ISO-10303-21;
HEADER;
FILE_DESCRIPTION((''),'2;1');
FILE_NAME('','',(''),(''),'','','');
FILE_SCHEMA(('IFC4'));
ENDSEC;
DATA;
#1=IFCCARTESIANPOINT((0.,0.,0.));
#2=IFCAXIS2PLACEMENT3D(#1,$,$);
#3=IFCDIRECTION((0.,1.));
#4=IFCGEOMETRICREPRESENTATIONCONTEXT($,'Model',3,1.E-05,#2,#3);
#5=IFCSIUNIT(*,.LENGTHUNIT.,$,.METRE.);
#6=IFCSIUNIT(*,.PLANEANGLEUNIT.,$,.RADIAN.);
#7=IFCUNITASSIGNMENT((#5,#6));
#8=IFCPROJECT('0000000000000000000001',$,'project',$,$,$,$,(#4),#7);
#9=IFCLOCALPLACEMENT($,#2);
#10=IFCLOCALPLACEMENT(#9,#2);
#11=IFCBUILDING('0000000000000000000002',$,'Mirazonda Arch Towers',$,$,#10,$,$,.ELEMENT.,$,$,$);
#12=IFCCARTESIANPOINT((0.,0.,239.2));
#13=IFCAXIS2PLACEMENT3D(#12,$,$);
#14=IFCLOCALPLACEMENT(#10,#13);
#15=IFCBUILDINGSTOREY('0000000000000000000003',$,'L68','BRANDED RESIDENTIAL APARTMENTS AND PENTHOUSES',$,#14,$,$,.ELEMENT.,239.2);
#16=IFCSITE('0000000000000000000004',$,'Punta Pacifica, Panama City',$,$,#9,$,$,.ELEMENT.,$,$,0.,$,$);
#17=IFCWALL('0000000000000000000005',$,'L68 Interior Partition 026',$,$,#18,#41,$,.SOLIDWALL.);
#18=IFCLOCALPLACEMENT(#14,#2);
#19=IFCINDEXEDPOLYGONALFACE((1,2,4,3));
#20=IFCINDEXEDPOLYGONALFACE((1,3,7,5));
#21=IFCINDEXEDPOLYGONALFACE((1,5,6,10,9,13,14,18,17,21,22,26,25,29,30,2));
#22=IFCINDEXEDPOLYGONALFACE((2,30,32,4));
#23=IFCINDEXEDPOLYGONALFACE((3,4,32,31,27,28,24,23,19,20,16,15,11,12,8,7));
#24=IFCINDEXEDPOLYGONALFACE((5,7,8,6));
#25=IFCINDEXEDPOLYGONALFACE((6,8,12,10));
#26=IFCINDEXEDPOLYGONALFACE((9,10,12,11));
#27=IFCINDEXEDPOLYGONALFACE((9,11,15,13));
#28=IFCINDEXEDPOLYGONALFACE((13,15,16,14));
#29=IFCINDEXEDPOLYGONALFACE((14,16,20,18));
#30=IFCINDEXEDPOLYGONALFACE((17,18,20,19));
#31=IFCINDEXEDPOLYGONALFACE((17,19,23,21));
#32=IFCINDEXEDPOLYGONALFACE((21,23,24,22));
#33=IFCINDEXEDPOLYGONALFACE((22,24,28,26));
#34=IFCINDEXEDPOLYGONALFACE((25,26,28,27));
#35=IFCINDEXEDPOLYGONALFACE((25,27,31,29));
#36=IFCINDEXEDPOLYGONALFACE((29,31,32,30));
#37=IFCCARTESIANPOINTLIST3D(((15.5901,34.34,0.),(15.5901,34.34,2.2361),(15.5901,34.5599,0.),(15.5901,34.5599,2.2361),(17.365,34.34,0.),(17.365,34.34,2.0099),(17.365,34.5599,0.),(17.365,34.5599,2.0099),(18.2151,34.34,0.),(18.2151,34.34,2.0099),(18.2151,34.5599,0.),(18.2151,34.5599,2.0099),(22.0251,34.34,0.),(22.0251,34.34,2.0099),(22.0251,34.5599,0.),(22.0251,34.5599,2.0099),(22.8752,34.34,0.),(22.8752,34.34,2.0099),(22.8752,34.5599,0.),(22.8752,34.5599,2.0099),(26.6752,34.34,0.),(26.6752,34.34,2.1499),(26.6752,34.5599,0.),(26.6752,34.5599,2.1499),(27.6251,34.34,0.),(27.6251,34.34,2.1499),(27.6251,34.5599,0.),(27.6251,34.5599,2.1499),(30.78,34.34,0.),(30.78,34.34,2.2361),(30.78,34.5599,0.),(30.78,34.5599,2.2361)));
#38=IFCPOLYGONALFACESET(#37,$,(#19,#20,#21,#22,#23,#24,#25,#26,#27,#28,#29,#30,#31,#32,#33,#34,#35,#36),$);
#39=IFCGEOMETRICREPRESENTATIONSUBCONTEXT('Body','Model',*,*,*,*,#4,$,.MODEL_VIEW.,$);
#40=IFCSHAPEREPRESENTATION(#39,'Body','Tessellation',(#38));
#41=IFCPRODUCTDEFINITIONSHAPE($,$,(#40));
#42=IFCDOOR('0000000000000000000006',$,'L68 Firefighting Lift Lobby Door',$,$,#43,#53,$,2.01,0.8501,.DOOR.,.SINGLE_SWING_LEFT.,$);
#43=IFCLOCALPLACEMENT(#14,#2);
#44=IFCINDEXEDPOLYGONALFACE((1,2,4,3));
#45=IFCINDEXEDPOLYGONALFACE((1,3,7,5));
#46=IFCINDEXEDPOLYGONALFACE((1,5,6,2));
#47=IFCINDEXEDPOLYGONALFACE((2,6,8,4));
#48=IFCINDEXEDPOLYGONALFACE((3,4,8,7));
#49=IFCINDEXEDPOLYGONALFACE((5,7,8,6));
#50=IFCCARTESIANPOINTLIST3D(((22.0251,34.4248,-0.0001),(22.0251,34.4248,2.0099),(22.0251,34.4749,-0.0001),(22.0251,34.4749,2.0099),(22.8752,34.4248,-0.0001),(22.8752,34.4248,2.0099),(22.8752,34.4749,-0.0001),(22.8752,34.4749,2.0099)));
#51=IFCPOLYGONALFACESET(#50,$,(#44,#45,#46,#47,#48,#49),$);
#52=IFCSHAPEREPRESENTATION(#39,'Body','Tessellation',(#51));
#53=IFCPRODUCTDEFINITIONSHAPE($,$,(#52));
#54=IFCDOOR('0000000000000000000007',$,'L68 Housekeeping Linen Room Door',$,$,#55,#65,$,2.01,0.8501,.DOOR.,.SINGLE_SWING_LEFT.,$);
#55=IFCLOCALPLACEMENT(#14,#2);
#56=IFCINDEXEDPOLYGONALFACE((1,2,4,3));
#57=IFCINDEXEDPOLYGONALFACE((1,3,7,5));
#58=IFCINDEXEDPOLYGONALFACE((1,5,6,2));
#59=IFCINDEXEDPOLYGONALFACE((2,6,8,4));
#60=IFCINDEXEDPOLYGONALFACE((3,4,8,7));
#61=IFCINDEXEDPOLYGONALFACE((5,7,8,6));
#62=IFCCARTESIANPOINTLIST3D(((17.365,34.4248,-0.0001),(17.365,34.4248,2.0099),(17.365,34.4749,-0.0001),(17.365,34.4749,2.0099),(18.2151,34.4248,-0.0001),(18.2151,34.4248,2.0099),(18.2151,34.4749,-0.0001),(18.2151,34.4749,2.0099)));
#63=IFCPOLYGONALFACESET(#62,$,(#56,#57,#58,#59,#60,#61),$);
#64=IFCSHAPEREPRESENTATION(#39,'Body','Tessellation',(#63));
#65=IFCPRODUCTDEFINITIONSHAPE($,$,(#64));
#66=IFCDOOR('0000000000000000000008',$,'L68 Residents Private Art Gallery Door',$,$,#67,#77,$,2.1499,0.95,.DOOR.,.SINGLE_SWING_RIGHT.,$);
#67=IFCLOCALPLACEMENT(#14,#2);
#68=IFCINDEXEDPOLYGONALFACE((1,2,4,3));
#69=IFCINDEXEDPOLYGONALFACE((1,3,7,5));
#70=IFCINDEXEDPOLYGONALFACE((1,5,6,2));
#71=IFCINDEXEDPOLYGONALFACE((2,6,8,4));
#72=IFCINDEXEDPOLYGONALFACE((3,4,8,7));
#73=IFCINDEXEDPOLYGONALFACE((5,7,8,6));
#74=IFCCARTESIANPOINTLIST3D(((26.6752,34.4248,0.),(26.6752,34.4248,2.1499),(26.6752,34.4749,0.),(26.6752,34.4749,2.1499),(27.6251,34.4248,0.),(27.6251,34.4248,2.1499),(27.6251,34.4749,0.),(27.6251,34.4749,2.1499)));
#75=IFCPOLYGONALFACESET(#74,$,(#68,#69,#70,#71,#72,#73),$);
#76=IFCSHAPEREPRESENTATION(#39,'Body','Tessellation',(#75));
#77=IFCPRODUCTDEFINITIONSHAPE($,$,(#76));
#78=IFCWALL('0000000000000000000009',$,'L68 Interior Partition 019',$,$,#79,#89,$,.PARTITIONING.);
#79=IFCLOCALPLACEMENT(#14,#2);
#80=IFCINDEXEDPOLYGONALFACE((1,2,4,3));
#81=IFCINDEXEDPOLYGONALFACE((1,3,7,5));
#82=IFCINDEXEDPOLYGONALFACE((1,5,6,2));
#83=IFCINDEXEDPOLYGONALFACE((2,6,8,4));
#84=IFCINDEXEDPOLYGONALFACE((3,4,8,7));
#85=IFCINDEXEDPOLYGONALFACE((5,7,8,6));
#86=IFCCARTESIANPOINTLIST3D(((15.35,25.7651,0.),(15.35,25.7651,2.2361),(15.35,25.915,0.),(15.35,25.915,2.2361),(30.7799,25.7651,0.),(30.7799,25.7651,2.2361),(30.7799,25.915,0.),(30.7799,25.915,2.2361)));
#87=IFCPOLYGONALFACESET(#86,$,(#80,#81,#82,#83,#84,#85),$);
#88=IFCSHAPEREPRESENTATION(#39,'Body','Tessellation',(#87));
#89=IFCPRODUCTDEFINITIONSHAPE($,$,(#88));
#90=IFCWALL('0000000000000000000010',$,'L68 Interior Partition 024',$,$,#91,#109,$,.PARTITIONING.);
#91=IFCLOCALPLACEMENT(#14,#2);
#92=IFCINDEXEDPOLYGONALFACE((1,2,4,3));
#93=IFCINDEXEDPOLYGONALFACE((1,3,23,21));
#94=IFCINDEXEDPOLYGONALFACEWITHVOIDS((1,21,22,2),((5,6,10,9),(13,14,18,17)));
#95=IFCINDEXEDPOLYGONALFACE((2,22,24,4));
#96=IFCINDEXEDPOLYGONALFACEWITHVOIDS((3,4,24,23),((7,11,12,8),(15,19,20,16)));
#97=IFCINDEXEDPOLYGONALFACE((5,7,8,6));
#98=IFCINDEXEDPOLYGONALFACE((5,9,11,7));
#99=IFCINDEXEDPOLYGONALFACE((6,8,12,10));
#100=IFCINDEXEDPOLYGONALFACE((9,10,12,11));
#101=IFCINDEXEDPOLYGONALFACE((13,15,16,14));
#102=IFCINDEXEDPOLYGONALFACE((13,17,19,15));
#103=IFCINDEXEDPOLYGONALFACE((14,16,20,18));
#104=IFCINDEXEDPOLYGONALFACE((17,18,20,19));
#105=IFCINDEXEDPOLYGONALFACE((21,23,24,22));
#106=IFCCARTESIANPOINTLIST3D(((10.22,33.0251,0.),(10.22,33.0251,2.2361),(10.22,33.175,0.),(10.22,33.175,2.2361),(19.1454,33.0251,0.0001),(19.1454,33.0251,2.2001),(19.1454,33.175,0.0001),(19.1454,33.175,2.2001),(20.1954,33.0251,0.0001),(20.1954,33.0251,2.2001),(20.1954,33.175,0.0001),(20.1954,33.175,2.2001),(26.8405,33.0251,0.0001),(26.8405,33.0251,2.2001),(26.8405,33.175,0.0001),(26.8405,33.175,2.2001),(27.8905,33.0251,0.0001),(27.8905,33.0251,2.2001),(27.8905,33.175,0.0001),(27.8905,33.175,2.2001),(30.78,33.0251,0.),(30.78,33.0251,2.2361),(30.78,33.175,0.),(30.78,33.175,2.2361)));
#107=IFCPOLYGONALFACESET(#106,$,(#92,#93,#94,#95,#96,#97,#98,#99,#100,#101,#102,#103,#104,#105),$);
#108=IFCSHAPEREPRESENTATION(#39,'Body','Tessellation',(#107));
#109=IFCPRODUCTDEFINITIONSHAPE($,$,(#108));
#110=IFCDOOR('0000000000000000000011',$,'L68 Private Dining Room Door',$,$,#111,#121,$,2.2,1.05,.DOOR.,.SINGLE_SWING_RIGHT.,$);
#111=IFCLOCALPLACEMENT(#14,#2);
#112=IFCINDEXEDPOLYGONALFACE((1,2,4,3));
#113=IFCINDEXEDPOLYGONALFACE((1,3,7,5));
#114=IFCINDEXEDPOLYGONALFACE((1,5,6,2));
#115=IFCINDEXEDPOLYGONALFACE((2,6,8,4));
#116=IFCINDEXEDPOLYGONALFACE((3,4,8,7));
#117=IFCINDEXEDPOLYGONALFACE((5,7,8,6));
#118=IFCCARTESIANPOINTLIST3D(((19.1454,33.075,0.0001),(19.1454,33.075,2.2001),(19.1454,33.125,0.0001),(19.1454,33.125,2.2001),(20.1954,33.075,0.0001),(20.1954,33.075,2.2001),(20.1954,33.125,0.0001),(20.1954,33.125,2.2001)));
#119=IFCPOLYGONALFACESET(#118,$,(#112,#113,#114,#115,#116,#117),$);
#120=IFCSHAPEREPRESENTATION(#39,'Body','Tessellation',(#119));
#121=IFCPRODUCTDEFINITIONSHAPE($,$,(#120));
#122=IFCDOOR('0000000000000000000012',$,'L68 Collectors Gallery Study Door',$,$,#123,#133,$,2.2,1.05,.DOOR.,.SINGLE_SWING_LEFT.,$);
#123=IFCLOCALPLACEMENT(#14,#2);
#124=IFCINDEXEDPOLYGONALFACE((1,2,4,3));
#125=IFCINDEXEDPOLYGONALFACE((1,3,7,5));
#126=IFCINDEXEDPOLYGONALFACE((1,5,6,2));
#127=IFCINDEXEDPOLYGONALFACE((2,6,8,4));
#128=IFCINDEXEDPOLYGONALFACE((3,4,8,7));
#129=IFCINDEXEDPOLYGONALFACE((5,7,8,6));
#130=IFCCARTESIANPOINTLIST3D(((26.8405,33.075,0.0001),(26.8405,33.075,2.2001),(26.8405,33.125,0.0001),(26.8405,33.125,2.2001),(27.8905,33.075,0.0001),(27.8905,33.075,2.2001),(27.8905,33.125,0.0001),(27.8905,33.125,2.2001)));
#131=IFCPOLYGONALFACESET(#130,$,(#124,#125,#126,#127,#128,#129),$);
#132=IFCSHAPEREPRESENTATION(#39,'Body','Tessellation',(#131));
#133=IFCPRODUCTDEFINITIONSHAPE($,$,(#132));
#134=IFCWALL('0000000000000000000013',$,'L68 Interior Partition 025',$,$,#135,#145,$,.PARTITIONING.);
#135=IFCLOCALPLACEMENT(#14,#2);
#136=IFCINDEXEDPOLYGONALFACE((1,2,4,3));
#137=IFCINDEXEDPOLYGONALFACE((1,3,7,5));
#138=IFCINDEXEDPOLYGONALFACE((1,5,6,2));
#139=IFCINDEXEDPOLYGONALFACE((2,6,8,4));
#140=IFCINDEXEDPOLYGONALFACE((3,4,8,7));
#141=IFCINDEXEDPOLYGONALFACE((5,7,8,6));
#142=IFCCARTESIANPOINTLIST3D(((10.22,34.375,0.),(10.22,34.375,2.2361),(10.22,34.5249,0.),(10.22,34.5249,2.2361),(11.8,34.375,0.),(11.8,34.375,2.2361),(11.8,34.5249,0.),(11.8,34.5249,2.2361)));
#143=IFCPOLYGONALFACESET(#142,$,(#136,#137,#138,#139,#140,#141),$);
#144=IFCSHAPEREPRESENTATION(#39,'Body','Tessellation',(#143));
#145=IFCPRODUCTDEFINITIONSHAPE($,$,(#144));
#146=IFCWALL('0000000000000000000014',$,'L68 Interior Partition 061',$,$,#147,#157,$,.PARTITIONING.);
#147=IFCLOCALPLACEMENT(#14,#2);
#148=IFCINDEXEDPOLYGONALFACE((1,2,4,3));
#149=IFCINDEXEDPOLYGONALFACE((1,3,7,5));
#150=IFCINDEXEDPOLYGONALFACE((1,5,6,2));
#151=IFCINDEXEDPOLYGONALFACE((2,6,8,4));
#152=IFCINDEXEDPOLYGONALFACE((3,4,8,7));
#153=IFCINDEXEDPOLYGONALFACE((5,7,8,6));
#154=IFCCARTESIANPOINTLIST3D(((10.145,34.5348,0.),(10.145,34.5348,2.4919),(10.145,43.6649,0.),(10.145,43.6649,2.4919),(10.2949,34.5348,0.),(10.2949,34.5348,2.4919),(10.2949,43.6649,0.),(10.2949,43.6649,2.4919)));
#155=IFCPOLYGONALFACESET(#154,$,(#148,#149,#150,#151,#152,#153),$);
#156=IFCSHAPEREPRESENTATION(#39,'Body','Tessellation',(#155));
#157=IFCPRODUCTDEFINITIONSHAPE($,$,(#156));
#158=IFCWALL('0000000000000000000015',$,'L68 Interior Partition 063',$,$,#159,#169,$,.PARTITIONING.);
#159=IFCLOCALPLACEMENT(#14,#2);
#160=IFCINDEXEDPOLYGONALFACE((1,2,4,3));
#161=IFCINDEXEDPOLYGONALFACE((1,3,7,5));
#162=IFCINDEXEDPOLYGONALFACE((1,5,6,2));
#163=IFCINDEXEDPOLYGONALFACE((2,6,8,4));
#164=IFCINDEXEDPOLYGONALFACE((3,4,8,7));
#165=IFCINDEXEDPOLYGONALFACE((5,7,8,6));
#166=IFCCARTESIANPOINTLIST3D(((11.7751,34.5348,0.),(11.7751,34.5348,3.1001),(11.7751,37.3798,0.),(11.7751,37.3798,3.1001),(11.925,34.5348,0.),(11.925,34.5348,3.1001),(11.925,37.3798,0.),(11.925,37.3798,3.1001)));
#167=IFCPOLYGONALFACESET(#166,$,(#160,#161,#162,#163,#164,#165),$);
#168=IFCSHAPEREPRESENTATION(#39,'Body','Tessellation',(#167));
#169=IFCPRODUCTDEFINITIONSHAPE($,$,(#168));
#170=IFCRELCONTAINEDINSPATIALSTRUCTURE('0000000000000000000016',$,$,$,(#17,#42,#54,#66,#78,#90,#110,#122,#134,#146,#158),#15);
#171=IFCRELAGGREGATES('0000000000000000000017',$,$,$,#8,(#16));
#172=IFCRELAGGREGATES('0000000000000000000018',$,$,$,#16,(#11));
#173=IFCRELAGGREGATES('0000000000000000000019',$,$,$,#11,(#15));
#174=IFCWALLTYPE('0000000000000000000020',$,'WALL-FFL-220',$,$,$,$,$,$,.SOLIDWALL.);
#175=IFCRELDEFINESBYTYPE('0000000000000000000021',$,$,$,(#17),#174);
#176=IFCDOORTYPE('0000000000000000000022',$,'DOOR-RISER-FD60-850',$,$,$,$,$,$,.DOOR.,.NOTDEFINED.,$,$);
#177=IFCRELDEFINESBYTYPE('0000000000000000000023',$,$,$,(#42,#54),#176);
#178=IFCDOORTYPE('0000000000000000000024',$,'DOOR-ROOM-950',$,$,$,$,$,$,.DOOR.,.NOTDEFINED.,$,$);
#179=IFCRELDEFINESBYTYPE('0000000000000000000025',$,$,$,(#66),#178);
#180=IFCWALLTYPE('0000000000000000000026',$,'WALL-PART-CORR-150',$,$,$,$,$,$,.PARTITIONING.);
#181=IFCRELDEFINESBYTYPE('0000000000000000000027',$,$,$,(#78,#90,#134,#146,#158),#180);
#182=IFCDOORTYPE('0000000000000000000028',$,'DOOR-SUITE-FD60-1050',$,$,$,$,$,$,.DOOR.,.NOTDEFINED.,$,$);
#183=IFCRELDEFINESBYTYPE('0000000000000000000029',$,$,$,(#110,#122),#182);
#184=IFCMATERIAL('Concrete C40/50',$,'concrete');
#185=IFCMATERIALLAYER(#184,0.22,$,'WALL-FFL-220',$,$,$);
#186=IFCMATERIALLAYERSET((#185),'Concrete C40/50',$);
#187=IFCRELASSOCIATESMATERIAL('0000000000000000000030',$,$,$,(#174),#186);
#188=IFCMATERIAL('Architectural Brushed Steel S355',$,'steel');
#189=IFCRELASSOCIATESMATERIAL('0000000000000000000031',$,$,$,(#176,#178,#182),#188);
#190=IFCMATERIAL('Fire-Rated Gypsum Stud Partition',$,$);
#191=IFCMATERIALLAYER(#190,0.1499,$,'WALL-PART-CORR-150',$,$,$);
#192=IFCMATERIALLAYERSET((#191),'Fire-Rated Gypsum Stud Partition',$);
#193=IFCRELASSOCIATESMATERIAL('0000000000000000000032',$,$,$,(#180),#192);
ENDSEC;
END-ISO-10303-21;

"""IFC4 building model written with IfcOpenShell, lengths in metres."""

from ifc_helpers import new_model, si_unit, direction, frame, frame_2d, origin, place, context, subcontext, project, spatial, rectangle, extrude, material, layer, layer_set, type_object, element, fill, save


model = new_model("IFC4")

# Units and contexts
model_context = context("Model", 3, precision=1e-05, world=origin(), true_north=direction((0.0, 1.0)))
body_context = subcontext(model_context, "Body", "Model", "MODEL_VIEW")
ifc_project = project(units=[si_unit("LENGTHUNIT", "METRE"), si_unit("PLANEANGLEUNIT", "RADIAN")], contexts=[model_context])

# Site, building, storey
site_placement = place(None, origin())
site = spatial("IfcSite", under=ifc_project, at=site_placement, Name="Punta Pacifica, Panama City", CompositionType="ELEMENT", RefElevation=0.0)
building_placement = place(site_placement, origin())
building = spatial("IfcBuilding", under=site, at=building_placement, Name="Mirazonda Arch Towers", CompositionType="ELEMENT")
storey_placement = place(building_placement, frame((0.0, 0.0, 239.2)))
storey = spatial("IfcBuildingStorey", under=building, at=storey_placement, Name="L68", Description="BRANDED RESIDENTIAL APARTMENTS AND PENTHOUSES", CompositionType="ELEMENT", Elevation=239.2)

# Wall, openings, doors
ifc_material_1 = material(Name="Architectural Brushed Steel S355", Category="steel")
ifc_material_2 = material(Name="Concrete C40/50", Category="concrete")
ifc_layer_1 = layer(ifc_material_2, 0.22, Name="WALL-FFL-220")
ifc_layer_set_1 = layer_set([ifc_layer_1], Name="Concrete C40/50")
wall_type_1 = type_object("IfcWallType", Name="WALL-FFL-220", PredefinedType="SOLIDWALL", material=ifc_layer_set_1)
wall_1_placement = place(storey_placement, frame((15.5901, 34.45, 0.0), z_axis=(0.0, 0.0, 1.0), x_axis=(1.0, 0.0, 0.0)))
wall_1 = element("IfcWall", 1, at=wall_1_placement, inside=storey, type_object=wall_type_1, Name="L68 Interior Partition 026", PredefinedType="SOLIDWALL", context=body_context, shape_type="SweptSolid", body=[
    extrude(rectangle(XDim=15.1899, YDim=0.22, at=frame_2d((7.595, 0.0))), origin(), (0.0, 0.0, 1.0), 2.2361),
])
opening_1_placement = place(wall_1_placement, frame((6.4351, 0.0, 0.0)))
opening_1 = element("IfcOpeningElement", 2, at=opening_1_placement, cuts=wall_1, PredefinedType="OPENING", context=body_context, shape_type="SweptSolid", body=[
    extrude(rectangle(XDim=0.8501, YDim=2.01, at=frame_2d((0.425, 1.0049))), frame((0.0, 0.1199, 0.0), z_axis=(0.0, -1.0, 0.0), x_axis=(1.0, 0.0, 0.0)), (0.0, 0.0, 1.0), 0.24),
])
opening_2_placement = place(wall_1_placement, frame((11.085, 0.0, 0.0)))
opening_2 = element("IfcOpeningElement", 3, at=opening_2_placement, cuts=wall_1, PredefinedType="OPENING", context=body_context, shape_type="SweptSolid", body=[
    extrude(rectangle(XDim=0.95, YDim=2.1499, at=frame_2d((0.4751, 1.075))), frame((0.0, 0.1199, 0.0), z_axis=(0.0, -1.0, 0.0), x_axis=(1.0, 0.0, 0.0)), (0.0, 0.0, 1.0), 0.24),
])
opening_3_placement = place(wall_1_placement, frame((1.7749, 0.0, 0.0)))
opening_3 = element("IfcOpeningElement", 4, at=opening_3_placement, cuts=wall_1, PredefinedType="OPENING", context=body_context, shape_type="SweptSolid", body=[
    extrude(rectangle(XDim=0.8501, YDim=2.01, at=frame_2d((0.425, 1.0049))), frame((0.0, 0.1199, 0.0), z_axis=(0.0, -1.0, 0.0), x_axis=(1.0, 0.0, 0.0)), (0.0, 0.0, 1.0), 0.24),
])
door_type_1 = type_object("IfcDoorType", Name="DOOR-RISER-FD60-850", OperationType="NOTDEFINED", PredefinedType="DOOR", material=ifc_material_1)
door_1_placement = place(opening_1_placement, origin())
door_1 = element("IfcDoor", 5, at=door_1_placement, inside=storey, type_object=door_type_1, Name="L68 Firefighting Lift Lobby Door", OperationType="SINGLE_SWING_LEFT", OverallHeight=2.01, OverallWidth=0.8501, PredefinedType="DOOR", context=body_context, shape_type="SweptSolid", body=[
    extrude(rectangle(XDim=0.8501, YDim=2.01, at=frame_2d((0.425, 1.0049))), frame((0.0, 0.0249, 0.0), z_axis=(0.0, -1.0, 0.0), x_axis=(1.0, 0.0, 0.0)), (0.0, 0.0, 1.0), 0.05),
])
fill(opening_1, door_1)
door_2_placement = place(opening_3_placement, origin())
door_2 = element("IfcDoor", 6, at=door_2_placement, inside=storey, type_object=door_type_1, Name="L68 Housekeeping Linen Room Door", OperationType="SINGLE_SWING_LEFT", OverallHeight=2.01, OverallWidth=0.8501, PredefinedType="DOOR", context=body_context, shape_type="SweptSolid", body=[
    extrude(rectangle(XDim=0.8501, YDim=2.01, at=frame_2d((0.425, 1.0049))), frame((0.0, 0.0249, 0.0), z_axis=(0.0, -1.0, 0.0), x_axis=(1.0, 0.0, 0.0)), (0.0, 0.0, 1.0), 0.05),
])
fill(opening_3, door_2)
door_type_2 = type_object("IfcDoorType", Name="DOOR-ROOM-950", OperationType="NOTDEFINED", PredefinedType="DOOR", material=ifc_material_1)
door_3_placement = place(opening_2_placement, origin())
door_3 = element("IfcDoor", 7, at=door_3_placement, inside=storey, type_object=door_type_2, Name="L68 Residents Private Art Gallery Door", OperationType="SINGLE_SWING_RIGHT", OverallHeight=2.1499, OverallWidth=0.95, PredefinedType="DOOR", context=body_context, shape_type="SweptSolid", body=[
    extrude(rectangle(XDim=0.95, YDim=2.1499, at=frame_2d((0.4751, 1.075))), frame((0.0, 0.0249, 0.0), z_axis=(0.0, -1.0, 0.0), x_axis=(1.0, 0.0, 0.0)), (0.0, 0.0, 1.0), 0.05),
])
fill(opening_2, door_3)

# Wall
ifc_material_3 = material(Name="Fire-Rated Gypsum Stud Partition")
ifc_layer_2 = layer(ifc_material_3, 0.1499, Name="WALL-PART-CORR-150")
ifc_layer_set_2 = layer_set([ifc_layer_2], Name="Fire-Rated Gypsum Stud Partition")
wall_type_2 = type_object("IfcWallType", Name="WALL-PART-CORR-150", PredefinedType="PARTITIONING", material=ifc_layer_set_2)
wall_2_placement = place(storey_placement, frame((15.3501, 25.8401, 0.0), z_axis=(0.0, 0.0, 1.0), x_axis=(1.0, 0.0, 0.0)))
element("IfcWall", 8, at=wall_2_placement, inside=storey, type_object=wall_type_2, Name="L68 Interior Partition 019", PredefinedType="PARTITIONING", context=body_context, shape_type="SweptSolid", body=[
    extrude(rectangle(XDim=15.4299, YDim=0.1499, at=frame_2d((7.7148, 0.0))), origin(), (0.0, 0.0, 1.0), 2.2361),
])

# Wall, openings, doors
wall_3_placement = place(storey_placement, frame((10.22, 33.1001, 0.0), z_axis=(0.0, 0.0, 1.0), x_axis=(1.0, 0.0, 0.0)))
wall_3 = element("IfcWall", 9, at=wall_3_placement, inside=storey, type_object=wall_type_2, Name="L68 Interior Partition 024", PredefinedType="PARTITIONING", context=body_context, shape_type="SweptSolid", body=[
    extrude(rectangle(XDim=20.5601, YDim=0.1499, at=frame_2d((10.28, 0.0))), origin(), (0.0, 0.0, 1.0), 2.2361),
])
opening_4_placement = place(wall_3_placement, frame((8.9255, 0.0, 0.0)))
opening_4 = element("IfcOpeningElement", 10, at=opening_4_placement, cuts=wall_3, PredefinedType="OPENING", context=body_context, shape_type="SweptSolid", body=[
    extrude(rectangle(XDim=1.05, YDim=2.2, at=frame_2d((0.5249, 1.1001))), frame((0.0, 0.085, 0.0), z_axis=(0.0, -1.0, 0.0), x_axis=(1.0, 0.0, 0.0)), (0.0, 0.0, 1.0), 0.1699),
])
opening_5_placement = place(wall_3_placement, frame((16.6206, 0.0, 0.0)))
opening_5 = element("IfcOpeningElement", 11, at=opening_5_placement, cuts=wall_3, PredefinedType="OPENING", context=body_context, shape_type="SweptSolid", body=[
    extrude(rectangle(XDim=1.05, YDim=2.2, at=frame_2d((0.5249, 1.1001))), frame((0.0, 0.085, 0.0), z_axis=(0.0, -1.0, 0.0), x_axis=(1.0, 0.0, 0.0)), (0.0, 0.0, 1.0), 0.1699),
])
door_type_3 = type_object("IfcDoorType", Name="DOOR-SUITE-FD60-1050", OperationType="NOTDEFINED", PredefinedType="DOOR", material=ifc_material_1)
door_4_placement = place(opening_4_placement, origin())
door_4 = element("IfcDoor", 12, at=door_4_placement, inside=storey, type_object=door_type_3, Name="L68 Private Dining Room Door", OperationType="SINGLE_SWING_RIGHT", OverallHeight=2.2, OverallWidth=1.05, PredefinedType="DOOR", context=body_context, shape_type="SweptSolid", body=[
    extrude(rectangle(XDim=1.05, YDim=2.2, at=frame_2d((0.5249, 1.1001))), frame((0.0, 0.0249, 0.0), z_axis=(0.0, -1.0, 0.0), x_axis=(1.0, 0.0, 0.0)), (0.0, 0.0, 1.0), 0.05),
])
fill(opening_4, door_4)
door_5_placement = place(opening_5_placement, origin())
door_5 = element("IfcDoor", 13, at=door_5_placement, inside=storey, type_object=door_type_3, Name="L68 Collectors Gallery Study Door", OperationType="SINGLE_SWING_LEFT", OverallHeight=2.2, OverallWidth=1.05, PredefinedType="DOOR", context=body_context, shape_type="SweptSolid", body=[
    extrude(rectangle(XDim=1.05, YDim=2.2, at=frame_2d((0.5249, 1.1001))), frame((0.0, 0.0249, 0.0), z_axis=(0.0, -1.0, 0.0), x_axis=(1.0, 0.0, 0.0)), (0.0, 0.0, 1.0), 0.05),
])
fill(opening_5, door_5)

# Walls
wall_4_placement = place(storey_placement, frame((10.22, 34.45, 0.0), z_axis=(0.0, 0.0, 1.0), x_axis=(1.0, 0.0, 0.0)))
element("IfcWall", 14, at=wall_4_placement, inside=storey, type_object=wall_type_2, Name="L68 Interior Partition 025", PredefinedType="PARTITIONING", context=body_context, shape_type="SweptSolid", body=[
    extrude(rectangle(XDim=1.5801, YDim=0.1499, at=frame_2d((0.79, 0.0))), origin(), (0.0, 0.0, 1.0), 2.2361),
])
wall_5_placement = place(storey_placement, frame((10.22, 34.5349, 0.0), z_axis=(0.0, 0.0, 1.0), x_axis=(0.0, 1.0, 0.0)))
element("IfcWall", 15, at=wall_5_placement, inside=storey, type_object=wall_type_2, Name="L68 Interior Partition 061", PredefinedType="PARTITIONING", context=body_context, shape_type="SweptSolid", body=[
    extrude(rectangle(XDim=9.1301, YDim=0.1499, at=frame_2d((4.5649, 0.0))), origin(), (0.0, 0.0, 1.0), 2.4919),
])
wall_6_placement = place(storey_placement, frame((11.8501, 34.5349, 0.0), z_axis=(0.0, 0.0, 1.0), x_axis=(0.0, 1.0, 0.0)))
element("IfcWall", 16, at=wall_6_placement, inside=storey, type_object=wall_type_2, Name="L68 Interior Partition 063", PredefinedType="PARTITIONING", context=body_context, shape_type="SweptSolid", body=[
    extrude(rectangle(XDim=2.845, YDim=0.1499, at=frame_2d((1.4224, 0.0))), origin(), (0.0, 0.0, 1.0), 3.1001),
])

save(model, "model.ifc")
